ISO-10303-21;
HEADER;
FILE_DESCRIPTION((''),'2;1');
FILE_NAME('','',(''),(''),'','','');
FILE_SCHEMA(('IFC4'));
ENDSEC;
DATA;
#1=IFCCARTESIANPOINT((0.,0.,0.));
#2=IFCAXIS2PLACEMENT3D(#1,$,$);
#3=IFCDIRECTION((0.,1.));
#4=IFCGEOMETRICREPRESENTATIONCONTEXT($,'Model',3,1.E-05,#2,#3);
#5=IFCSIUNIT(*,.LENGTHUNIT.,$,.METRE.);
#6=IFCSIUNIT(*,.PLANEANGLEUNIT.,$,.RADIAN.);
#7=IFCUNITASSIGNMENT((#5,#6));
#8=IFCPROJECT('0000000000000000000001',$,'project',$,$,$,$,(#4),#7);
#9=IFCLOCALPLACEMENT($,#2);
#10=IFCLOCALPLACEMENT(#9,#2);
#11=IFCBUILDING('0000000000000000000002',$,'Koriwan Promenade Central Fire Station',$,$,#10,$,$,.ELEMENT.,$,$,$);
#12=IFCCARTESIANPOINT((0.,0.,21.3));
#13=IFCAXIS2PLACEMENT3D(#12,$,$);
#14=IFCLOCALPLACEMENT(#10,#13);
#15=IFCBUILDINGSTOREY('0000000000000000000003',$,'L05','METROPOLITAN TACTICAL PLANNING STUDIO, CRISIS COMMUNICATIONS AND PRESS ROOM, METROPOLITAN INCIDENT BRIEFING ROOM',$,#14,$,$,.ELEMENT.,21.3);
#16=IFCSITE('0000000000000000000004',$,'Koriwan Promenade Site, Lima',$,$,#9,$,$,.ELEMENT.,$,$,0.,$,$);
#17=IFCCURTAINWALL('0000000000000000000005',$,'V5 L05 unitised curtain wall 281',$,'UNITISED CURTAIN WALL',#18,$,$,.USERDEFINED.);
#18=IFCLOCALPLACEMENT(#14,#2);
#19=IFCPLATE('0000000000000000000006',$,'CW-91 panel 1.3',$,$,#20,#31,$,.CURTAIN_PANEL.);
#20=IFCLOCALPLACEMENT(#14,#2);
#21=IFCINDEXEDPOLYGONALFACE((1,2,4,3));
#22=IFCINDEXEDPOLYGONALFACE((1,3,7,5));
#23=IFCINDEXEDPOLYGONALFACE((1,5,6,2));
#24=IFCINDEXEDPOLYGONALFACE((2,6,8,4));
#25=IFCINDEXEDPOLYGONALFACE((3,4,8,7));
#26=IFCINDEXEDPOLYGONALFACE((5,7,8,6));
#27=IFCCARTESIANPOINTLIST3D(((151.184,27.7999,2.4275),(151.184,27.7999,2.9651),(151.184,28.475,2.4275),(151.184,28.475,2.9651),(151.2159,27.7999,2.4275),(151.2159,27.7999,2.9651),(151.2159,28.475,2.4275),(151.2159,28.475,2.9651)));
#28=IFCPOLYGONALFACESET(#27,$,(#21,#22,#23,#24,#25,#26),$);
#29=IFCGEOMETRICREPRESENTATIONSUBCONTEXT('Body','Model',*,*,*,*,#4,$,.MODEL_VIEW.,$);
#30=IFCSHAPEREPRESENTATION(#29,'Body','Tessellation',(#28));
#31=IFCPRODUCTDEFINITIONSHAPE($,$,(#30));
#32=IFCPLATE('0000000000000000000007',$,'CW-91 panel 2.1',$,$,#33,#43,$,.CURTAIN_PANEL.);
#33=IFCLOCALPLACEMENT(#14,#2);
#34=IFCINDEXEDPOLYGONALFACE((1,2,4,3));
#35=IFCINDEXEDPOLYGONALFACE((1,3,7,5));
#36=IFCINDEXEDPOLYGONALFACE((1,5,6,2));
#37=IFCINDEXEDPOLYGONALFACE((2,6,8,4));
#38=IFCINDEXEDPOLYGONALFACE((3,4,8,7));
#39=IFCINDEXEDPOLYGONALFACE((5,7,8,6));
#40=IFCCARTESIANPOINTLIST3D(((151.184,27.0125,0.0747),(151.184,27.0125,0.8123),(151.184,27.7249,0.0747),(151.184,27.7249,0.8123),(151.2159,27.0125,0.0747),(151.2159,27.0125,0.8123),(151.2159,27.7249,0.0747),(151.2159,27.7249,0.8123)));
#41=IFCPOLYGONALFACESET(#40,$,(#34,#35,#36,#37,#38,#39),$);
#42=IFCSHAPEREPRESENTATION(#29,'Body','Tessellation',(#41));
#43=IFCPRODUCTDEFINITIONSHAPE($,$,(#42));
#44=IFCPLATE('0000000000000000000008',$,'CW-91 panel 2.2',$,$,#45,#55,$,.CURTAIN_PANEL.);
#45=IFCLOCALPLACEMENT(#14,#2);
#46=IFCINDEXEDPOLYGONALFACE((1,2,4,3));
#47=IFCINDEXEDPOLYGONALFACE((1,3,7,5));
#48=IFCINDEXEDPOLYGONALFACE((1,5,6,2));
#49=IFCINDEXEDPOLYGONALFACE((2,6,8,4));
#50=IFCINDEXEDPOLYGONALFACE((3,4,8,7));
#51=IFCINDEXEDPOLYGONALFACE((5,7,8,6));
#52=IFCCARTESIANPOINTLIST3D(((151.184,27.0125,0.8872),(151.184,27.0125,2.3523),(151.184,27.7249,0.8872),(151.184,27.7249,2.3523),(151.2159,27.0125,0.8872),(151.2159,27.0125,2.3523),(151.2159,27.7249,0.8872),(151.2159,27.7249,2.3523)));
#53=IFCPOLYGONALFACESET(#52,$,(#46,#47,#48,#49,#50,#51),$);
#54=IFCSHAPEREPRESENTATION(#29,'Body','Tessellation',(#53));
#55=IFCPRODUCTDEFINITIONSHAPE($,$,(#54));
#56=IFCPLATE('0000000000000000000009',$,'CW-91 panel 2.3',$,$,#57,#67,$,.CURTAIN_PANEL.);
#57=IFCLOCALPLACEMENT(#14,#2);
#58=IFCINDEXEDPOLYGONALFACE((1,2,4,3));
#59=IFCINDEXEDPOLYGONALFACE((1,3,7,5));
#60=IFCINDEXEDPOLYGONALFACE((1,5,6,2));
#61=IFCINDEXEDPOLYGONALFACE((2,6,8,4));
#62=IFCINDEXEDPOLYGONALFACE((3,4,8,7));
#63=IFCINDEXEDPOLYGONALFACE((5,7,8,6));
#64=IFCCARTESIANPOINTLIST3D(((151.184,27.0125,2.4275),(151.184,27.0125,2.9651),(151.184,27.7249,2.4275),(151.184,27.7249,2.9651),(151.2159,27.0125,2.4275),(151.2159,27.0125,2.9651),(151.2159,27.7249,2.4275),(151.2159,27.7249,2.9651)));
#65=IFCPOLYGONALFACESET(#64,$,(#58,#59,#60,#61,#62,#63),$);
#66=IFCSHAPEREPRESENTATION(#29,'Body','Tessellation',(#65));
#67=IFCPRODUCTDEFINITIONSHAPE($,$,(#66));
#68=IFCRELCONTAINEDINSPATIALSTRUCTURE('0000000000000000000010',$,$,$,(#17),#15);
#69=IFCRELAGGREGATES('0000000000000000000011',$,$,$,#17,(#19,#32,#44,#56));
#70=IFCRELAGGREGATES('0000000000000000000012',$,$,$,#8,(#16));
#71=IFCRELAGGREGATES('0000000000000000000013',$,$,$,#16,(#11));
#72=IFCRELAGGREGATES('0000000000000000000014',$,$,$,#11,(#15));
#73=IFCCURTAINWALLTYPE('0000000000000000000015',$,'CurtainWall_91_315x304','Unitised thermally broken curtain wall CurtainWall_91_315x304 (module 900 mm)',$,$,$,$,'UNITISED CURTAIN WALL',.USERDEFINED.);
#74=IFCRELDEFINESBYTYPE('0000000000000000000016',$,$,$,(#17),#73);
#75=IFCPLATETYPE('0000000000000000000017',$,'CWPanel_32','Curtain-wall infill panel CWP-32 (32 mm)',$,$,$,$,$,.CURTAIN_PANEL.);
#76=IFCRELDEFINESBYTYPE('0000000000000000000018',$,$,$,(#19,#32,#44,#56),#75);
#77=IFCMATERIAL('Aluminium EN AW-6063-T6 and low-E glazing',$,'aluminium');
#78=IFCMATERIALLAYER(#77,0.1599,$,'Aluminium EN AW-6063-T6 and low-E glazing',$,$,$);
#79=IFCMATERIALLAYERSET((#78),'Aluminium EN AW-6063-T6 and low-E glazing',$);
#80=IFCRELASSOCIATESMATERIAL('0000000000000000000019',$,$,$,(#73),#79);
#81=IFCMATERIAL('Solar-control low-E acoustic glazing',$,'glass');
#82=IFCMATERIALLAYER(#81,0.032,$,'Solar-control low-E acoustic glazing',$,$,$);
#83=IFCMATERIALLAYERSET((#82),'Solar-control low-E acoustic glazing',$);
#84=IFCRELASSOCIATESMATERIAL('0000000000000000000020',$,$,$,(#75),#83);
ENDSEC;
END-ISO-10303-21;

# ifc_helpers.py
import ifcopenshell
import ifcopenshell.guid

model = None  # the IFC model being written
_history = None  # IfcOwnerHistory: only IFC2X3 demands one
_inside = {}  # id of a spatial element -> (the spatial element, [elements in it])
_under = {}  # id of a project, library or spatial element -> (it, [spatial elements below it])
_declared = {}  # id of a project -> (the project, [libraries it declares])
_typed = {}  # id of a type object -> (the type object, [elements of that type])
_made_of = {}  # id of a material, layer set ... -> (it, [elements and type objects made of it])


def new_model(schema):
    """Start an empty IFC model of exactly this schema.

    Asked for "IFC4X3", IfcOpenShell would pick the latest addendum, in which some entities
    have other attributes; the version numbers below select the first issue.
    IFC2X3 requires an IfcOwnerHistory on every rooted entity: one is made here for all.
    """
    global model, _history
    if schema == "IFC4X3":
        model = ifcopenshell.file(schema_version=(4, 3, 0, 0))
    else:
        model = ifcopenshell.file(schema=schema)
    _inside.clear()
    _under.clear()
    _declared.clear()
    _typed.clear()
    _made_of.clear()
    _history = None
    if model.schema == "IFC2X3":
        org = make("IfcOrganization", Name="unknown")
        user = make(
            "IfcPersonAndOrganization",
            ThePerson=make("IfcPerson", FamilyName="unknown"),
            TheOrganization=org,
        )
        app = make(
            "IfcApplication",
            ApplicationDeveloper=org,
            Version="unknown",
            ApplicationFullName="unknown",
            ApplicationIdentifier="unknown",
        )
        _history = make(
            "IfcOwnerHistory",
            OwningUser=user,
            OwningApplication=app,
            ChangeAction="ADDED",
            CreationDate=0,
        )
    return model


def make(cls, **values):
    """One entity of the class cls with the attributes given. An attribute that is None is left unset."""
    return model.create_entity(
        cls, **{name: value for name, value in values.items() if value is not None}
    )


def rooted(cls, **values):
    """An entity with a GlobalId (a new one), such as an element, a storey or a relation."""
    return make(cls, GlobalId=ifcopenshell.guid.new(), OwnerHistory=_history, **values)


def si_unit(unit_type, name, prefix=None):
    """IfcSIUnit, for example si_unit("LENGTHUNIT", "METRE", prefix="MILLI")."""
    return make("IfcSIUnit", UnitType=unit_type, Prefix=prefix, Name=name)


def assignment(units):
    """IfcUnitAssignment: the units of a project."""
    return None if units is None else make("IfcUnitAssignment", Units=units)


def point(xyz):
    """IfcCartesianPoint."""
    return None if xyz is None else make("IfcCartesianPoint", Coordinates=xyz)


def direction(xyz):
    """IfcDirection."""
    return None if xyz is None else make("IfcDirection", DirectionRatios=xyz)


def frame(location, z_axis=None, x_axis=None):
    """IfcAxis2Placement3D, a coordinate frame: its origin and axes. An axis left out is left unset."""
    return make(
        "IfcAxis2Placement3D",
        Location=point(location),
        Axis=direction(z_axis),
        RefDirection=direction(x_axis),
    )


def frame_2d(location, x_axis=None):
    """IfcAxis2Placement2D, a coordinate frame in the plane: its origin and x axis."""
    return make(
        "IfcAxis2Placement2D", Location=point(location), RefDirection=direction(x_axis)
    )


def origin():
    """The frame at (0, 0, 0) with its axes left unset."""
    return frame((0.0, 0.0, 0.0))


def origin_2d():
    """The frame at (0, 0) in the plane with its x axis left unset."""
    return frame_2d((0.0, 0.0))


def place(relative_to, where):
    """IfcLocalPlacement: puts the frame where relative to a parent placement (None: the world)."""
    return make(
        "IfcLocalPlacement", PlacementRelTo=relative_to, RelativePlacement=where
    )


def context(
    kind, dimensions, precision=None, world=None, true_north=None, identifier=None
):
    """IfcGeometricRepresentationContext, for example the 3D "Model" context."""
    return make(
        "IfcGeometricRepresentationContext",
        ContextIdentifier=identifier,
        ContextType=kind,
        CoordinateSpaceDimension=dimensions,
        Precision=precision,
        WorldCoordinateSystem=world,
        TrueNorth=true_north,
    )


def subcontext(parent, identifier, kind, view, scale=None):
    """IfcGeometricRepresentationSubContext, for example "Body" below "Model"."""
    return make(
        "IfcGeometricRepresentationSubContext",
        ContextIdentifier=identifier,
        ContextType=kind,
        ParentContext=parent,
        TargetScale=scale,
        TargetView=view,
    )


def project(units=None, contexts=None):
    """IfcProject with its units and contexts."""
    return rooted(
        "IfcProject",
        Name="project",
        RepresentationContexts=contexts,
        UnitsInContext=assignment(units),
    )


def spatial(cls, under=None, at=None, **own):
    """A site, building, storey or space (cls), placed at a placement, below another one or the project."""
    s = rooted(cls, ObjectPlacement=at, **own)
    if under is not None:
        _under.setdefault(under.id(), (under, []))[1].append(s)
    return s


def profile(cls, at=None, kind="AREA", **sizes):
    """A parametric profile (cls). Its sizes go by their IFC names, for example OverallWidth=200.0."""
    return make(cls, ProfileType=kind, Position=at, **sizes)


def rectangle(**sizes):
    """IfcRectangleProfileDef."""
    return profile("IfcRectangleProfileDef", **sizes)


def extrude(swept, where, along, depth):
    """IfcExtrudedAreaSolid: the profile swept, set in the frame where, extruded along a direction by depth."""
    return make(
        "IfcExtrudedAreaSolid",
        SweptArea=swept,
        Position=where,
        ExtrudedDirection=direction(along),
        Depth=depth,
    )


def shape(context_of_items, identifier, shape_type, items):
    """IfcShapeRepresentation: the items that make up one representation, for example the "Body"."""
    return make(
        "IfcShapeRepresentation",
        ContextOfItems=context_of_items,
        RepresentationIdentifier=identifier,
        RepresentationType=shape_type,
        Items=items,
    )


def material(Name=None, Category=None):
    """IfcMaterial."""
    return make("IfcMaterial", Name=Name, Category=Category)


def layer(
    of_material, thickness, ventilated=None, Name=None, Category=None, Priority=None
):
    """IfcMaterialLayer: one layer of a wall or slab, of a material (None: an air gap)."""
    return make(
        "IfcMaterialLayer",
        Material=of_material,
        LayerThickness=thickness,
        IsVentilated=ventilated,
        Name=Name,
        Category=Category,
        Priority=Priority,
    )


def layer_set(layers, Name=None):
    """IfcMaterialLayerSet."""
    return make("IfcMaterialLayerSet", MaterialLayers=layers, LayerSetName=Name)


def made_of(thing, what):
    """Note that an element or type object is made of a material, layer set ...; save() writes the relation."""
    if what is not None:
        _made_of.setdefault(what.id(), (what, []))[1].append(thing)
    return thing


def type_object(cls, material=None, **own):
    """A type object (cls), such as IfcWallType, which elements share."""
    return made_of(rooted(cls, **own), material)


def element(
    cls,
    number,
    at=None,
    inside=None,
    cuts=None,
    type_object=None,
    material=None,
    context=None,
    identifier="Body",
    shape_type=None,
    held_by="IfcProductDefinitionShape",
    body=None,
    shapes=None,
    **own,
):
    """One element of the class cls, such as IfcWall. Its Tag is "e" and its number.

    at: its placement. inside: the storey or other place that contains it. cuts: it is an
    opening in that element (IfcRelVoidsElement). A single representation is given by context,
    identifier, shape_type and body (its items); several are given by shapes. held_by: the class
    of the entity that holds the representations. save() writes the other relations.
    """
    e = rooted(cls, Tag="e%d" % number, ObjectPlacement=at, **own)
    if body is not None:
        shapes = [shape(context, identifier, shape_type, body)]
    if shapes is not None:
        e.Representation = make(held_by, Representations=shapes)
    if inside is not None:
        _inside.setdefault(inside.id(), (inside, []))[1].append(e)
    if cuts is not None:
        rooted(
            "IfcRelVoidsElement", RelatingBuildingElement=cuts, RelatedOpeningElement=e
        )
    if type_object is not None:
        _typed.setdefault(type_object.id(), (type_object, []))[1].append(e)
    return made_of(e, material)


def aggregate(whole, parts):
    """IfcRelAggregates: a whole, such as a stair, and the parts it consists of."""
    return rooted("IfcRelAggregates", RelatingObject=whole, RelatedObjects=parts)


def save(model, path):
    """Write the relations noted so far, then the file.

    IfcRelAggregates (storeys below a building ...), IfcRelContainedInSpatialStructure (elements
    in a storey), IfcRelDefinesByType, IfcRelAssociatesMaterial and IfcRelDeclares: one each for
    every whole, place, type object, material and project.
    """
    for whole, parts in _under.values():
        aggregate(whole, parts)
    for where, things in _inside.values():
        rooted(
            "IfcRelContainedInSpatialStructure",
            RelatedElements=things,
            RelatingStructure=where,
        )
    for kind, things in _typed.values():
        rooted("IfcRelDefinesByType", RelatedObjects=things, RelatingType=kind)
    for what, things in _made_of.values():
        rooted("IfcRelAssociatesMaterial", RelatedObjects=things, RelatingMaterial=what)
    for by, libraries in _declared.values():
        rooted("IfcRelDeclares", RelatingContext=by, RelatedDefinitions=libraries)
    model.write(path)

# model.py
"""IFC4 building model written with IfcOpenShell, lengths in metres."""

from ifc_helpers import new_model, si_unit, direction, frame, origin, origin_2d, place, context, subcontext, project, spatial, rectangle, extrude, material, layer, layer_set, type_object, element, aggregate, save


model = new_model("IFC4")

# Units and contexts
model_context = context("Model", 3, precision=1e-05, world=origin(), true_north=direction((0.0, 1.0)))
body_context = subcontext(model_context, "Body", "Model", "MODEL_VIEW")
ifc_project = project(units=[si_unit("LENGTHUNIT", "METRE"), si_unit("PLANEANGLEUNIT", "RADIAN")], contexts=[model_context])

# Site, building, storey
site_placement = place(None, origin())
site = spatial("IfcSite", under=ifc_project, at=site_placement, Name="Koriwan Promenade Site, Lima", CompositionType="ELEMENT", RefElevation=0.0)
building_placement = place(site_placement, origin())
building = spatial("IfcBuilding", under=site, at=building_placement, Name="Koriwan Promenade Central Fire Station", CompositionType="ELEMENT")
storey_placement = place(building_placement, frame((0.0, 0.0, 21.3)))
storey = spatial("IfcBuildingStorey", under=building, at=storey_placement, Name="L05", Description="METROPOLITAN TACTICAL PLANNING STUDIO, CRISIS COMMUNICATIONS AND PRESS ROOM, METROPOLITAN INCIDENT BRIEFING ROOM", CompositionType="ELEMENT", Elevation=21.3)

# Curtain wall, plates
ifc_material_1 = material(Name="Aluminium EN AW-6063-T6 and low-E glazing", Category="aluminium")
ifc_layer_1 = layer(ifc_material_1, 0.1599, Name="Aluminium EN AW-6063-T6 and low-E glazing")
ifc_layer_set_1 = layer_set([ifc_layer_1], Name="Aluminium EN AW-6063-T6 and low-E glazing")
curtain_wall_type = type_object("IfcCurtainWallType", Name="CurtainWall_91_315x304", Description="Unitised thermally broken curtain wall CurtainWall_91_315x304 (module 900 mm)", ElementType="UNITISED CURTAIN WALL", PredefinedType="USERDEFINED", material=ifc_layer_set_1)
curtain_wall_placement = place(storey_placement, origin())
curtain_wall = element("IfcCurtainWall", 1, at=curtain_wall_placement, inside=storey, type_object=curtain_wall_type, Name="V5 L05 unitised curtain wall 281", ObjectType="UNITISED CURTAIN WALL", PredefinedType="USERDEFINED")
ifc_material_2 = material(Name="Solar-control low-E acoustic glazing", Category="glass")
ifc_layer_2 = layer(ifc_material_2, 0.032, Name="Solar-control low-E acoustic glazing")
ifc_layer_set_2 = layer_set([ifc_layer_2], Name="Solar-control low-E acoustic glazing")
plate_type = type_object("IfcPlateType", Name="CWPanel_32", Description="Curtain-wall infill panel CWP-32 (32 mm)", PredefinedType="CURTAIN_PANEL", material=ifc_layer_set_2)
plate_1_placement = place(storey_placement, frame((151.2, 28.1375, 2.4275), z_axis=(0.0, 0.0, 1.0), x_axis=(0.0, -1.0, 0.0)))
plate_1 = element("IfcPlate", 2, at=plate_1_placement, type_object=plate_type, Name="CW-91 panel 1.3", PredefinedType="CURTAIN_PANEL", context=body_context, shape_type="SweptSolid", body=[
    extrude(rectangle(XDim=0.675, YDim=0.032, at=origin_2d()), origin(), (0.0, 0.0, 1.0), 0.5376),
])
plate_2_placement = place(storey_placement, frame((151.2, 27.3687, 0.0747), z_axis=(0.0, 0.0, 1.0), x_axis=(0.0, -1.0, 0.0)))
plate_2 = element("IfcPlate", 3, at=plate_2_placement, type_object=plate_type, Name="CW-91 panel 2.1", PredefinedType="CURTAIN_PANEL", context=body_context, shape_type="SweptSolid", body=[
    extrude(rectangle(XDim=0.7124, YDim=0.032, at=origin_2d()), origin(), (0.0, 0.0, 1.0), 0.7375),
])
plate_3_placement = place(storey_placement, frame((151.2, 27.3687, 0.8872), z_axis=(0.0, 0.0, 1.0), x_axis=(0.0, -1.0, 0.0)))
plate_3 = element("IfcPlate", 4, at=plate_3_placement, type_object=plate_type, Name="CW-91 panel 2.2", PredefinedType="CURTAIN_PANEL", context=body_context, shape_type="SweptSolid", body=[
    extrude(rectangle(XDim=0.7124, YDim=0.032, at=origin_2d()), origin(), (0.0, 0.0, 1.0), 1.4651),
])
plate_4_placement = place(storey_placement, frame((151.2, 27.3687, 2.4275), z_axis=(0.0, 0.0, 1.0), x_axis=(0.0, -1.0, 0.0)))
plate_4 = element("IfcPlate", 5, at=plate_4_placement, type_object=plate_type, Name="CW-91 panel 2.3", PredefinedType="CURTAIN_PANEL", context=body_context, shape_type="SweptSolid", body=[
    extrude(rectangle(XDim=0.7124, YDim=0.032, at=origin_2d()), origin(), (0.0, 0.0, 1.0), 0.5376),
])
aggregate(curtain_wall, [plate_1, plate_2, plate_3, plate_4])

save(model, "model.ifc")
